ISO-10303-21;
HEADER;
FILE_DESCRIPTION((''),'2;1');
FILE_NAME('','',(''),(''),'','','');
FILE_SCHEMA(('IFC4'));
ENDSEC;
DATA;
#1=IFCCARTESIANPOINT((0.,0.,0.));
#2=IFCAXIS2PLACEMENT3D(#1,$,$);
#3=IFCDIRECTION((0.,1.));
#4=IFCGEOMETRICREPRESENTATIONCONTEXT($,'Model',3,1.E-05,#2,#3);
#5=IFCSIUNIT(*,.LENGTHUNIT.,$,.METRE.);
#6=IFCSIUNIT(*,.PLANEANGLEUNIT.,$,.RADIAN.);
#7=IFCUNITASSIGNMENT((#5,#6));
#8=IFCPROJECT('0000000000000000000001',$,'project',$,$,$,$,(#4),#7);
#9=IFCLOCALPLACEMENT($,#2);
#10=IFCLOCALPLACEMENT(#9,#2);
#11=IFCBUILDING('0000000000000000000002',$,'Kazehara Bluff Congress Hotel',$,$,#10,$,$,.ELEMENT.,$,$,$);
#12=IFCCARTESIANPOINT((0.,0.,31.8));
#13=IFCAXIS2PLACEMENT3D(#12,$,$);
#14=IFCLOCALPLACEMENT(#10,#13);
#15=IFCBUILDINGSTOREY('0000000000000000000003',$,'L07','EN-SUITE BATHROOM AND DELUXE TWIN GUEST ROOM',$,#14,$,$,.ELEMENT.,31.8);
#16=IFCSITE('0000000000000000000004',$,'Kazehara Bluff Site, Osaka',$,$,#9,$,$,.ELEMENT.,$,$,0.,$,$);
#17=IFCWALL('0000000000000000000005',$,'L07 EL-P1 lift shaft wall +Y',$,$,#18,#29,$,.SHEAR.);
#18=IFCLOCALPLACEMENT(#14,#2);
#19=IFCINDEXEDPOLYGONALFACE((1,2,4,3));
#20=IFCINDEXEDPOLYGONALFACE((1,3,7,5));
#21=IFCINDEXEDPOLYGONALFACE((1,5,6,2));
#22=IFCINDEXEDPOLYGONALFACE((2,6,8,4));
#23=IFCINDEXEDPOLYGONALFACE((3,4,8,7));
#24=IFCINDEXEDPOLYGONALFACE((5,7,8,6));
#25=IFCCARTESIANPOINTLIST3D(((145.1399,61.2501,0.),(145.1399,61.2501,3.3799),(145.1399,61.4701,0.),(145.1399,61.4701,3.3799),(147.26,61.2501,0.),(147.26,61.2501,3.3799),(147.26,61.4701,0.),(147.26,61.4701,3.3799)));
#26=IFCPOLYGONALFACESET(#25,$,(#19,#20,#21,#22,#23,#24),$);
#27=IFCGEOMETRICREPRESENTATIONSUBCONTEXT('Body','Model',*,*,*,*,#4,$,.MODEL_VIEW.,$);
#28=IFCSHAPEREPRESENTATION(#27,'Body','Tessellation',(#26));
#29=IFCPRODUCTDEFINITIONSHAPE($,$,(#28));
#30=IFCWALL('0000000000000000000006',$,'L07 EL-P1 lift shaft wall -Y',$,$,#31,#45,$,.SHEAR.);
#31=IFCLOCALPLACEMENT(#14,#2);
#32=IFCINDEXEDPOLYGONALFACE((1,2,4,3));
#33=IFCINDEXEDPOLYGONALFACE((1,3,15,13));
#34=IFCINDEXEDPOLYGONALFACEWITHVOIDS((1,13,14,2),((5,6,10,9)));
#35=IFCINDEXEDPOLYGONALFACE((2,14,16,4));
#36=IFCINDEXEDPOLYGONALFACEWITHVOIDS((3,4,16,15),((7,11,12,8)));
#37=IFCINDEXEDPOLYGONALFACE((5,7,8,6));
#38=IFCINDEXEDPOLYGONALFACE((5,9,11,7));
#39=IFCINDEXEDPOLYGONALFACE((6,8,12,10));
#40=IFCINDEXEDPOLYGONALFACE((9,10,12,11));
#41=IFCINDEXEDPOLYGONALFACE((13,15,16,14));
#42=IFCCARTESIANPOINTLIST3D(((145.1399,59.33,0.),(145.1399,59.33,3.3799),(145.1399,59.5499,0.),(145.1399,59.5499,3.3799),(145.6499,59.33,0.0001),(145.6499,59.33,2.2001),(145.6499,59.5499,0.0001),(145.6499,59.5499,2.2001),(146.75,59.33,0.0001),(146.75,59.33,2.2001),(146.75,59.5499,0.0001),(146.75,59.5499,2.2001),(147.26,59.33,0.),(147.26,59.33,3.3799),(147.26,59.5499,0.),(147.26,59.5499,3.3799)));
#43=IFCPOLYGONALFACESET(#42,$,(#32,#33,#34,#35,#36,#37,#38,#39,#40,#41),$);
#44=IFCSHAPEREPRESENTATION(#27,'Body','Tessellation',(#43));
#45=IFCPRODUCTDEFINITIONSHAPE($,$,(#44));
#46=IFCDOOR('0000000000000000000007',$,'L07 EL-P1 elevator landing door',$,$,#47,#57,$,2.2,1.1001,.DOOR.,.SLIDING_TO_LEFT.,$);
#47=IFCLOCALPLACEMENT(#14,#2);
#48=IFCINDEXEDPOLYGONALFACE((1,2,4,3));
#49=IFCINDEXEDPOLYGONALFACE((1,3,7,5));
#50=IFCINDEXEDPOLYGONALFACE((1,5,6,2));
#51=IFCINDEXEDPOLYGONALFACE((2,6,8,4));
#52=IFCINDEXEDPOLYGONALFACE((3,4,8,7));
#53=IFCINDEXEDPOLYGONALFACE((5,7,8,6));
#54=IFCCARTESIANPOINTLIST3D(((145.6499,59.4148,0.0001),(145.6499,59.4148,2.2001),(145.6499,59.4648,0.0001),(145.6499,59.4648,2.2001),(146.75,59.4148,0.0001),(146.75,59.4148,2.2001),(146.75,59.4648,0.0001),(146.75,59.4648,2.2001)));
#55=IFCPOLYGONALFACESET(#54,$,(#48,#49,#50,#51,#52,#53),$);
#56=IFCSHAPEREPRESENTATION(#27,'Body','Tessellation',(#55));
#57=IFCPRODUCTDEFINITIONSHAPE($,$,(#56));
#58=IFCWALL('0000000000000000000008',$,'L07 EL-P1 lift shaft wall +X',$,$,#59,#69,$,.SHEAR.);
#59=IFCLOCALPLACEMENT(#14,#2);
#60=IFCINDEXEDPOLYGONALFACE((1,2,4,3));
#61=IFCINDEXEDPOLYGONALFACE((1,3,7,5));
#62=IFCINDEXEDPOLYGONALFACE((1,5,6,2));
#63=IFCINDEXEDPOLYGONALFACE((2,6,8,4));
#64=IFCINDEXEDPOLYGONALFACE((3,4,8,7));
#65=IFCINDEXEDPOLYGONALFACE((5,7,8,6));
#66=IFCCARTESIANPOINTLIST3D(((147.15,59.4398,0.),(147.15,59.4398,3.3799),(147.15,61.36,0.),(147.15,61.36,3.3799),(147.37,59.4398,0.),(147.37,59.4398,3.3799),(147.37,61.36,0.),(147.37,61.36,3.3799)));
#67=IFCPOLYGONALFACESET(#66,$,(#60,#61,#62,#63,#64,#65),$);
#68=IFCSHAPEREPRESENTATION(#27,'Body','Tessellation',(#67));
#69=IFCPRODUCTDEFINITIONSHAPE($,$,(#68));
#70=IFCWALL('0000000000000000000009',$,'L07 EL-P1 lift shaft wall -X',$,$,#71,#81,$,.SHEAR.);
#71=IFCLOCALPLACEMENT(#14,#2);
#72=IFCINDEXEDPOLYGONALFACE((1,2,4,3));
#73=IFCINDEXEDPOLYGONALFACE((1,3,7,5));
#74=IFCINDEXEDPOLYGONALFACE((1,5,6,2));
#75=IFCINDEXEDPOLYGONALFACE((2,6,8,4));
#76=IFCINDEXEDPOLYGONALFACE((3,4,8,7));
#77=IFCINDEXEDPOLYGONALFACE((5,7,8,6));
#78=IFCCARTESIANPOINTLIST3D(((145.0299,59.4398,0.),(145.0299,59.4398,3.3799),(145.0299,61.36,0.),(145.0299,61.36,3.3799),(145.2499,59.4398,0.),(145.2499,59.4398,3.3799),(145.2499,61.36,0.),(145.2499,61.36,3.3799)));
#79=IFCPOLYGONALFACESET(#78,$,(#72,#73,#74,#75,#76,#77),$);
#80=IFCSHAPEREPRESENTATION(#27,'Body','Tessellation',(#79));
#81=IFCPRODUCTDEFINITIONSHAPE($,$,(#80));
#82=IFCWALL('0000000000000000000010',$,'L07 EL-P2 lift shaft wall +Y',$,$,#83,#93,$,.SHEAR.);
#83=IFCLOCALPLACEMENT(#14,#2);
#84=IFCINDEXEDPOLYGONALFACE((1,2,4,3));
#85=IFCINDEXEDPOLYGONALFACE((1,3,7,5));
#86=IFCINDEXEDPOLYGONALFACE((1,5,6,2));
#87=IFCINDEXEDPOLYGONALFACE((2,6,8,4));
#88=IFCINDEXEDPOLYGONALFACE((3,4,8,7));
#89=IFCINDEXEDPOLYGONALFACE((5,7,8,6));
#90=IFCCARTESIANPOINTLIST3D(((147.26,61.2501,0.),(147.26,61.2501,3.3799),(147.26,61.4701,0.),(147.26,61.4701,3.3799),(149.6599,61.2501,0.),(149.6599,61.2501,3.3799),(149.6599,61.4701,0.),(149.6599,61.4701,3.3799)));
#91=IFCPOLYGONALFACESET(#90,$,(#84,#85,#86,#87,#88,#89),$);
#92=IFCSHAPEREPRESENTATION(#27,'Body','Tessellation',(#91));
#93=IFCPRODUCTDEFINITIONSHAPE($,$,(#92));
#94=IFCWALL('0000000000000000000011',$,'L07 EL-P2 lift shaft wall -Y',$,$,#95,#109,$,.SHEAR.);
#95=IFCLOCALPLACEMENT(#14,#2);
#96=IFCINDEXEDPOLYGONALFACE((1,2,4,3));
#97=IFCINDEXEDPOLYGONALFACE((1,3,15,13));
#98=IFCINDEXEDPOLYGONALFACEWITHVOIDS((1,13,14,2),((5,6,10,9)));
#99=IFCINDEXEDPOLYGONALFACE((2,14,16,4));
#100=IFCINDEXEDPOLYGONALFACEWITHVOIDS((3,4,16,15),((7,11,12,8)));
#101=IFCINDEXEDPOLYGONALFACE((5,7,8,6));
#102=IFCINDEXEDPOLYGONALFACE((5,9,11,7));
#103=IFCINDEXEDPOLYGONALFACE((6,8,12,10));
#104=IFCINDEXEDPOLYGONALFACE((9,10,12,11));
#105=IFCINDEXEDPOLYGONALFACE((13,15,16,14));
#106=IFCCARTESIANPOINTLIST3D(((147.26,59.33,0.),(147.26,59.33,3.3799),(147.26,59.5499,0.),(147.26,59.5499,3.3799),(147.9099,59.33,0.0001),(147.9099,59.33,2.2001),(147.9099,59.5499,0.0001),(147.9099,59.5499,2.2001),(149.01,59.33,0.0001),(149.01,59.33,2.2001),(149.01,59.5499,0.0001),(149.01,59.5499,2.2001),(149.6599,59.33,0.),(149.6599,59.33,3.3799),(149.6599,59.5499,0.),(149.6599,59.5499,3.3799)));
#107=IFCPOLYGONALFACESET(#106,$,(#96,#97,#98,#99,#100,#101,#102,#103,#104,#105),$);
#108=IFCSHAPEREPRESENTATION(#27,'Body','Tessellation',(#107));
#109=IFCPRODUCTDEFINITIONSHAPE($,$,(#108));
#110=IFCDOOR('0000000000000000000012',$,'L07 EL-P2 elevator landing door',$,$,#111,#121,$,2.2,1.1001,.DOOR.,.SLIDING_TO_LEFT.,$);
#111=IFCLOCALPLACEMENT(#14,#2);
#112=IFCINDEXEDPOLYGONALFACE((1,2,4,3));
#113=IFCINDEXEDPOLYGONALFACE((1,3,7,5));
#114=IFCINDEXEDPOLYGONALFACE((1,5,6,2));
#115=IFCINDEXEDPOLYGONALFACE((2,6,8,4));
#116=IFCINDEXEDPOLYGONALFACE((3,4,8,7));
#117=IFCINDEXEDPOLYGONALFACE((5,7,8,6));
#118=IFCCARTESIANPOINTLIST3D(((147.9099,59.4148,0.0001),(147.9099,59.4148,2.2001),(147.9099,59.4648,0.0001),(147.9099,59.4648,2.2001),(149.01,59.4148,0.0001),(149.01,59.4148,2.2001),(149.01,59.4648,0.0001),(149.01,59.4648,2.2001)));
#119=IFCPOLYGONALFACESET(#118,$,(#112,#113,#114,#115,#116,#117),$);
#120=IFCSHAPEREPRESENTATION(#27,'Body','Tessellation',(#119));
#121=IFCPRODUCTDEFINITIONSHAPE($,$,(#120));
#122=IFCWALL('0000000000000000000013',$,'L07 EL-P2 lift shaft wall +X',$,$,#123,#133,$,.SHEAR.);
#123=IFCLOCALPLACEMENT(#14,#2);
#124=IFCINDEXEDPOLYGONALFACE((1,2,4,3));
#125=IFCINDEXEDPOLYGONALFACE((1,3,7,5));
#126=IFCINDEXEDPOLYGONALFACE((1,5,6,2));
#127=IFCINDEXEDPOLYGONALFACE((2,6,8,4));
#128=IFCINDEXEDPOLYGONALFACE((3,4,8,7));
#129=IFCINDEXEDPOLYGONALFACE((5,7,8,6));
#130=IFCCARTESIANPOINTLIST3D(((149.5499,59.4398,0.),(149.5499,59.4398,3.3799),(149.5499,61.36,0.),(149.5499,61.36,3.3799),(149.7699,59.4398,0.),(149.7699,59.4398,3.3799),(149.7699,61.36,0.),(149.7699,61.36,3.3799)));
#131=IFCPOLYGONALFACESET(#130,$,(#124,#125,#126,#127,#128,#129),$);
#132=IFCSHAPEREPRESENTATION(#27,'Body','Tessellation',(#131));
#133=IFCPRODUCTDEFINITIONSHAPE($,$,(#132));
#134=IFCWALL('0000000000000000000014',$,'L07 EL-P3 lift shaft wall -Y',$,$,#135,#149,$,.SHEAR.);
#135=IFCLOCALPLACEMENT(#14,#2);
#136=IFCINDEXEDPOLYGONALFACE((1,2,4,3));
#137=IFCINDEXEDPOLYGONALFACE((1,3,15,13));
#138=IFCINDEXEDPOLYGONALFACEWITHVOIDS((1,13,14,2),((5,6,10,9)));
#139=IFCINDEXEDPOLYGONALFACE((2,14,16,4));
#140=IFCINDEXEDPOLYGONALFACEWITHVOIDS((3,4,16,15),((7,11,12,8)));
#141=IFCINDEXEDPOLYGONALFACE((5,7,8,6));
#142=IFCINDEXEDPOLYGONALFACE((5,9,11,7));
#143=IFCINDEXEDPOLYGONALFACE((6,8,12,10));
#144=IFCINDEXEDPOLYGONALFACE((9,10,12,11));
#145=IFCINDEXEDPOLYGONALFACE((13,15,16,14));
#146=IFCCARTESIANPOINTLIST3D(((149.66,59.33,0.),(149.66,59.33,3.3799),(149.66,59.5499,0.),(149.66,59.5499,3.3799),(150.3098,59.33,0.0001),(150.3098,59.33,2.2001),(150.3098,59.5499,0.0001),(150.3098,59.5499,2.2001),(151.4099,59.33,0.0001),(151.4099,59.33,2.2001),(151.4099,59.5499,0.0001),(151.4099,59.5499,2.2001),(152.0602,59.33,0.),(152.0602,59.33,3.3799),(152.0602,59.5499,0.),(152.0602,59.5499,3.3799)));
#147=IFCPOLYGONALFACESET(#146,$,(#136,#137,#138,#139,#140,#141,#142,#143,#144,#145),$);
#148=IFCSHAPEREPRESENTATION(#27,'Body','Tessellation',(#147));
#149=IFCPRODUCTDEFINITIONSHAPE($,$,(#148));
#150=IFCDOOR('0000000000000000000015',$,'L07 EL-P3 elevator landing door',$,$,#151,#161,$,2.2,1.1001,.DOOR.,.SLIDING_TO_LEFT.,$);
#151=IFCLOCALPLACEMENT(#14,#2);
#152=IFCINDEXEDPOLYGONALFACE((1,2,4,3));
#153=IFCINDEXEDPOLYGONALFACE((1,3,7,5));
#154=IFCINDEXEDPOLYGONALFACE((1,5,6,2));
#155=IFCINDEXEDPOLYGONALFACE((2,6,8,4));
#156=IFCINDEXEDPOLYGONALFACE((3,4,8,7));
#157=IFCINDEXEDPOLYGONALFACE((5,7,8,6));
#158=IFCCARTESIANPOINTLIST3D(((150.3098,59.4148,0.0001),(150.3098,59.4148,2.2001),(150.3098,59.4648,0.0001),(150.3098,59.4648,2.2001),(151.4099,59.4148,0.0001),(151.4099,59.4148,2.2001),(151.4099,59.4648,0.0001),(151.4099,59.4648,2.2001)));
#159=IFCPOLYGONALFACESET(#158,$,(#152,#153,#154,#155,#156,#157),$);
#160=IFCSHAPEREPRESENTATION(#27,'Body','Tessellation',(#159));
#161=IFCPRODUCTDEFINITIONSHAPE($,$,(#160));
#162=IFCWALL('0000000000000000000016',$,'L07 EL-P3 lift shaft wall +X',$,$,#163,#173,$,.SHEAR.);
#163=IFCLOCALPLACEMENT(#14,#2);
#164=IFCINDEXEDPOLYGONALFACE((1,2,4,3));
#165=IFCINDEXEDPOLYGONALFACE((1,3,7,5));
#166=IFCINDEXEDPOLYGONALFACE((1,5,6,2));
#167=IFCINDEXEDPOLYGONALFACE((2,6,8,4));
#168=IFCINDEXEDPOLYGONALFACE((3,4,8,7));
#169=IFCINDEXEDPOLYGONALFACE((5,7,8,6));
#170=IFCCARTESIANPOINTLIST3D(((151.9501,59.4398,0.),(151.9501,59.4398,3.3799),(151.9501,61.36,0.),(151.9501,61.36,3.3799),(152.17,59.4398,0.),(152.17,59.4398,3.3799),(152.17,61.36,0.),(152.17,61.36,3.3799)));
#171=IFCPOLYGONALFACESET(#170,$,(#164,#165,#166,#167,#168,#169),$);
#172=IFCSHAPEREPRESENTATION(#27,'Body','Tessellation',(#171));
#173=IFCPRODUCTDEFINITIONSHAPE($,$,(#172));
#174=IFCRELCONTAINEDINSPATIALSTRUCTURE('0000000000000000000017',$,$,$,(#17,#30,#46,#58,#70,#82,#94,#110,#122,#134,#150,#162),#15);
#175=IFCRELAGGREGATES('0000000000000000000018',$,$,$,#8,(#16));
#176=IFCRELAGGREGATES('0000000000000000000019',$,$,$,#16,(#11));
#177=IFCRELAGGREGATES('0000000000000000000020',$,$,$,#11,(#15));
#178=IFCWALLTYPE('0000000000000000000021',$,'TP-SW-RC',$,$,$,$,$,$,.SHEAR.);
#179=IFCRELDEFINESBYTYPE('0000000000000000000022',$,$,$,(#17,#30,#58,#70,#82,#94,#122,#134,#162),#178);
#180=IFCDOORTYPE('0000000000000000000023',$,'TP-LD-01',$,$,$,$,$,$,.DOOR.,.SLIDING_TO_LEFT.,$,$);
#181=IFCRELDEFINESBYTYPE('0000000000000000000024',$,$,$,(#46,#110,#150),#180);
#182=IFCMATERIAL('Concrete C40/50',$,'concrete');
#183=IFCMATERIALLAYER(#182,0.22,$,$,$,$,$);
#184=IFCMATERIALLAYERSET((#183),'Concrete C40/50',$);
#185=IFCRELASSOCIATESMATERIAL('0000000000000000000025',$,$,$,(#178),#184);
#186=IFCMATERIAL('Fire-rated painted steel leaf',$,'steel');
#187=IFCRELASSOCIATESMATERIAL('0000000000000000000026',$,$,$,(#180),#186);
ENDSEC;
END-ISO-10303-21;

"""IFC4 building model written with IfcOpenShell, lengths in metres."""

from ifc_helpers import new_model, si_unit, direction, frame, frame_2d, origin, place, context, subcontext, project, spatial, rectangle, extrude, material, layer, layer_set, type_object, element, fill, save


model = new_model("IFC4")

# Units and contexts
model_context = context("Model", 3, precision=1e-05, world=origin(), true_north=direction((0.0, 1.0)))
body_context = subcontext(model_context, "Body", "Model", "MODEL_VIEW")
ifc_project = project(units=[si_unit("LENGTHUNIT", "METRE"), si_unit("PLANEANGLEUNIT", "RADIAN")], contexts=[model_context])

# Site, building, storey
site_placement = place(None, origin())
site = spatial("IfcSite", under=ifc_project, at=site_placement, Name="Kazehara Bluff Site, Osaka", CompositionType="ELEMENT", RefElevation=0.0)
building_placement = place(site_placement, origin())
building = spatial("IfcBuilding", under=site, at=building_placement, Name="Kazehara Bluff Congress Hotel", CompositionType="ELEMENT")
storey_placement = place(building_placement, frame((0.0, 0.0, 31.8)))
storey = spatial("IfcBuildingStorey", under=building, at=storey_placement, Name="L07", Description="EN-SUITE BATHROOM AND DELUXE TWIN GUEST ROOM", CompositionType="ELEMENT", Elevation=31.8)

# Wall
ifc_material_1 = material(Name="Concrete C40/50", Category="concrete")
ifc_layer_1 = layer(ifc_material_1, 0.22)
ifc_layer_set_1 = layer_set([ifc_layer_1], Name="Concrete C40/50")
wall_type_1 = type_object("IfcWallType", Name="TP-SW-RC", PredefinedType="SHEAR", material=ifc_layer_set_1)
wall_1_placement = place(storey_placement, frame((145.1399, 61.3601, 0.0), z_axis=(0.0, 0.0, 1.0), x_axis=(1.0, 0.0, 0.0)))
element("IfcWall", 1, at=wall_1_placement, inside=storey, type_object=wall_type_1, Name="L07 EL-P1 lift shaft wall +Y", PredefinedType="SHEAR", context=body_context, shape_type="SweptSolid", body=[
    extrude(rectangle(XDim=2.1201, YDim=0.22, at=frame_2d((1.0601, 0.0))), origin(), (0.0, 0.0, 1.0), 3.3799),
])

# Wall, opening, door
wall_2_placement = place(storey_placement, frame((145.1399, 59.4399, 0.0), z_axis=(0.0, 0.0, 1.0), x_axis=(1.0, 0.0, 0.0)))
wall_2 = element("IfcWall", 2, at=wall_2_placement, inside=storey, type_object=wall_type_1, Name="L07 EL-P1 lift shaft wall -Y", PredefinedType="SHEAR", context=body_context, shape_type="SweptSolid", body=[
    extrude(rectangle(XDim=2.1201, YDim=0.22, at=frame_2d((1.0601, 0.0))), origin(), (0.0, 0.0, 1.0), 3.3799),
])
opening_1_placement = place(wall_2_placement, frame((0.51, 0.0, 0.0)))
opening_1 = element("IfcOpeningElement", 3, at=opening_1_placement, cuts=wall_2, PredefinedType="OPENING", context=body_context, shape_type="SweptSolid", body=[
    extrude(rectangle(XDim=1.1001, YDim=2.2, at=frame_2d((0.55, 1.1001))), frame((0.0, 0.1199, 0.0), z_axis=(0.0, -1.0, 0.0), x_axis=(1.0, 0.0, 0.0)), (0.0, 0.0, 1.0), 0.24),
])
ifc_material_2 = material(Name="Fire-rated painted steel leaf", Category="steel")
door_type = type_object("IfcDoorType", Name="TP-LD-01", OperationType="SLIDING_TO_LEFT", PredefinedType="DOOR", material=ifc_material_2)
door_1_placement = place(opening_1_placement, origin())
door_1 = element("IfcDoor", 4, at=door_1_placement, inside=storey, type_object=door_type, Name="L07 EL-P1 elevator landing door", OperationType="SLIDING_TO_LEFT", OverallHeight=2.2, OverallWidth=1.1001, PredefinedType="DOOR", context=body_context, shape_type="SweptSolid", body=[
    extrude(rectangle(XDim=1.1001, YDim=2.2, at=frame_2d((0.55, 1.1001))), frame((0.0, 0.0249, 0.0), z_axis=(0.0, -1.0, 0.0), x_axis=(1.0, 0.0, 0.0)), (0.0, 0.0, 1.0), 0.05),
])
fill(opening_1, door_1)

# Walls
for number, where, z_axis, x_axis, name in (
    (5, (147.26, 59.4399, 0.0), (0.0, 0.0, 1.0), (0.0, 1.0, 0.0), "L07 EL-P1 lift shaft wall +X"),
    (6, (145.1399, 59.4399, 0.0), (0.0, 0.0, 1.0), (0.0, 1.0, 0.0), "L07 EL-P1 lift shaft wall -X"),
):
    element("IfcWall", number, at=place(storey_placement, frame(where, z_axis=z_axis, x_axis=x_axis)), inside=storey, type_object=wall_type_1, Name=name, PredefinedType="SHEAR", context=body_context, shape_type="SweptSolid", body=[
        extrude(rectangle(XDim=1.9202, YDim=0.22, at=frame_2d((0.96, 0.0))), origin(), (0.0, 0.0, 1.0), 3.3799),
    ])
wall_3_placement = place(storey_placement, frame((147.26, 61.3601, 0.0), z_axis=(0.0, 0.0, 1.0), x_axis=(1.0, 0.0, 0.0)))
element("IfcWall", 7, at=wall_3_placement, inside=storey, type_object=wall_type_1, Name="L07 EL-P2 lift shaft wall +Y", PredefinedType="SHEAR", context=body_context, shape_type="SweptSolid", body=[
    extrude(rectangle(XDim=2.3999, YDim=0.22, at=frame_2d((1.2, 0.0))), origin(), (0.0, 0.0, 1.0), 3.3799),
])

# Wall, opening, door
wall_4_placement = place(storey_placement, frame((147.26, 59.4399, 0.0), z_axis=(0.0, 0.0, 1.0), x_axis=(1.0, 0.0, 0.0)))
wall_4 = element("IfcWall", 8, at=wall_4_placement, inside=storey, type_object=wall_type_1, Name="L07 EL-P2 lift shaft wall -Y", PredefinedType="SHEAR", context=body_context, shape_type="SweptSolid", body=[
    extrude(rectangle(XDim=2.3999, YDim=0.22, at=frame_2d((1.2, 0.0))), origin(), (0.0, 0.0, 1.0), 3.3799),
])
opening_2_placement = place(wall_4_placement, frame((0.6499, 0.0, 0.0)))
opening_2 = element("IfcOpeningElement", 9, at=opening_2_placement, cuts=wall_4, PredefinedType="OPENING", context=body_context, shape_type="SweptSolid", body=[
    extrude(rectangle(XDim=1.1001, YDim=2.2, at=frame_2d((0.55, 1.1001))), frame((0.0, 0.1199, 0.0), z_axis=(0.0, -1.0, 0.0), x_axis=(1.0, 0.0, 0.0)), (0.0, 0.0, 1.0), 0.24),
])
door_2_placement = place(opening_2_placement, origin())
door_2 = element("IfcDoor", 10, at=door_2_placement, inside=storey, type_object=door_type, Name="L07 EL-P2 elevator landing door", OperationType="SLIDING_TO_LEFT", OverallHeight=2.2, OverallWidth=1.1001, PredefinedType="DOOR", context=body_context, shape_type="SweptSolid", body=[
    extrude(rectangle(XDim=1.1001, YDim=2.2, at=frame_2d((0.55, 1.1001))), frame((0.0, 0.0249, 0.0), z_axis=(0.0, -1.0, 0.0), x_axis=(1.0, 0.0, 0.0)), (0.0, 0.0, 1.0), 0.05),
])
fill(opening_2, door_2)

# Wall
wall_5_placement = place(storey_placement, frame((149.6599, 59.4399, 0.0), z_axis=(0.0, 0.0, 1.0), x_axis=(0.0, 1.0, 0.0)))
element("IfcWall", 11, at=wall_5_placement, inside=storey, type_object=wall_type_1, Name="L07 EL-P2 lift shaft wall +X", PredefinedType="SHEAR", context=body_context, shape_type="SweptSolid", body=[
    extrude(rectangle(XDim=1.9202, YDim=0.22, at=frame_2d((0.96, 0.0))), origin(), (0.0, 0.0, 1.0), 3.3799),
])

# Wall, opening, door
wall_6_placement = place(storey_placement, frame((149.6599, 59.4399, 0.0), z_axis=(0.0, 0.0, 1.0), x_axis=(1.0, 0.0, 0.0)))
wall_6 = element("IfcWall", 12, at=wall_6_placement, inside=storey, type_object=wall_type_1, Name="L07 EL-P3 lift shaft wall -Y", PredefinedType="SHEAR", context=body_context, shape_type="SweptSolid", body=[
    extrude(rectangle(XDim=2.4001, YDim=0.22, at=frame_2d((1.2002, 0.0))), origin(), (0.0, 0.0, 1.0), 3.3799),
])
opening_3_placement = place(wall_6_placement, frame((0.6499, 0.0, 0.0)))
opening_3 = element("IfcOpeningElement", 13, at=opening_3_placement, cuts=wall_6, PredefinedType="OPENING", context=body_context, shape_type="SweptSolid", body=[
    extrude(rectangle(XDim=1.1001, YDim=2.2, at=frame_2d((0.55, 1.1001))), frame((0.0, 0.1199, 0.0), z_axis=(0.0, -1.0, 0.0), x_axis=(1.0, 0.0, 0.0)), (0.0, 0.0, 1.0), 0.24),
])
door_3_placement = place(opening_3_placement, origin())
door_3 = element("IfcDoor", 14, at=door_3_placement, inside=storey, type_object=door_type, Name="L07 EL-P3 elevator landing door", OperationType="SLIDING_TO_LEFT", OverallHeight=2.2, OverallWidth=1.1001, PredefinedType="DOOR", context=body_context, shape_type="SweptSolid", body=[
    extrude(rectangle(XDim=1.1001, YDim=2.2, at=frame_2d((0.55, 1.1001))), frame((0.0, 0.0249, 0.0), z_axis=(0.0, -1.0, 0.0), x_axis=(1.0, 0.0, 0.0)), (0.0, 0.0, 1.0), 0.05),
])
fill(opening_3, door_3)

# Wall
wall_7_placement = place(storey_placement, frame((152.0601, 59.4399, 0.0), z_axis=(0.0, 0.0, 1.0), x_axis=(0.0, 1.0, 0.0)))
element("IfcWall", 15, at=wall_7_placement, inside=storey, type_object=wall_type_1, Name="L07 EL-P3 lift shaft wall +X", PredefinedType="SHEAR", context=body_context, shape_type="SweptSolid", body=[
    extrude(rectangle(XDim=1.9202, YDim=0.22, at=frame_2d((0.96, 0.0))), origin(), (0.0, 0.0, 1.0), 3.3799),
])

save(model, "model.ifc")
